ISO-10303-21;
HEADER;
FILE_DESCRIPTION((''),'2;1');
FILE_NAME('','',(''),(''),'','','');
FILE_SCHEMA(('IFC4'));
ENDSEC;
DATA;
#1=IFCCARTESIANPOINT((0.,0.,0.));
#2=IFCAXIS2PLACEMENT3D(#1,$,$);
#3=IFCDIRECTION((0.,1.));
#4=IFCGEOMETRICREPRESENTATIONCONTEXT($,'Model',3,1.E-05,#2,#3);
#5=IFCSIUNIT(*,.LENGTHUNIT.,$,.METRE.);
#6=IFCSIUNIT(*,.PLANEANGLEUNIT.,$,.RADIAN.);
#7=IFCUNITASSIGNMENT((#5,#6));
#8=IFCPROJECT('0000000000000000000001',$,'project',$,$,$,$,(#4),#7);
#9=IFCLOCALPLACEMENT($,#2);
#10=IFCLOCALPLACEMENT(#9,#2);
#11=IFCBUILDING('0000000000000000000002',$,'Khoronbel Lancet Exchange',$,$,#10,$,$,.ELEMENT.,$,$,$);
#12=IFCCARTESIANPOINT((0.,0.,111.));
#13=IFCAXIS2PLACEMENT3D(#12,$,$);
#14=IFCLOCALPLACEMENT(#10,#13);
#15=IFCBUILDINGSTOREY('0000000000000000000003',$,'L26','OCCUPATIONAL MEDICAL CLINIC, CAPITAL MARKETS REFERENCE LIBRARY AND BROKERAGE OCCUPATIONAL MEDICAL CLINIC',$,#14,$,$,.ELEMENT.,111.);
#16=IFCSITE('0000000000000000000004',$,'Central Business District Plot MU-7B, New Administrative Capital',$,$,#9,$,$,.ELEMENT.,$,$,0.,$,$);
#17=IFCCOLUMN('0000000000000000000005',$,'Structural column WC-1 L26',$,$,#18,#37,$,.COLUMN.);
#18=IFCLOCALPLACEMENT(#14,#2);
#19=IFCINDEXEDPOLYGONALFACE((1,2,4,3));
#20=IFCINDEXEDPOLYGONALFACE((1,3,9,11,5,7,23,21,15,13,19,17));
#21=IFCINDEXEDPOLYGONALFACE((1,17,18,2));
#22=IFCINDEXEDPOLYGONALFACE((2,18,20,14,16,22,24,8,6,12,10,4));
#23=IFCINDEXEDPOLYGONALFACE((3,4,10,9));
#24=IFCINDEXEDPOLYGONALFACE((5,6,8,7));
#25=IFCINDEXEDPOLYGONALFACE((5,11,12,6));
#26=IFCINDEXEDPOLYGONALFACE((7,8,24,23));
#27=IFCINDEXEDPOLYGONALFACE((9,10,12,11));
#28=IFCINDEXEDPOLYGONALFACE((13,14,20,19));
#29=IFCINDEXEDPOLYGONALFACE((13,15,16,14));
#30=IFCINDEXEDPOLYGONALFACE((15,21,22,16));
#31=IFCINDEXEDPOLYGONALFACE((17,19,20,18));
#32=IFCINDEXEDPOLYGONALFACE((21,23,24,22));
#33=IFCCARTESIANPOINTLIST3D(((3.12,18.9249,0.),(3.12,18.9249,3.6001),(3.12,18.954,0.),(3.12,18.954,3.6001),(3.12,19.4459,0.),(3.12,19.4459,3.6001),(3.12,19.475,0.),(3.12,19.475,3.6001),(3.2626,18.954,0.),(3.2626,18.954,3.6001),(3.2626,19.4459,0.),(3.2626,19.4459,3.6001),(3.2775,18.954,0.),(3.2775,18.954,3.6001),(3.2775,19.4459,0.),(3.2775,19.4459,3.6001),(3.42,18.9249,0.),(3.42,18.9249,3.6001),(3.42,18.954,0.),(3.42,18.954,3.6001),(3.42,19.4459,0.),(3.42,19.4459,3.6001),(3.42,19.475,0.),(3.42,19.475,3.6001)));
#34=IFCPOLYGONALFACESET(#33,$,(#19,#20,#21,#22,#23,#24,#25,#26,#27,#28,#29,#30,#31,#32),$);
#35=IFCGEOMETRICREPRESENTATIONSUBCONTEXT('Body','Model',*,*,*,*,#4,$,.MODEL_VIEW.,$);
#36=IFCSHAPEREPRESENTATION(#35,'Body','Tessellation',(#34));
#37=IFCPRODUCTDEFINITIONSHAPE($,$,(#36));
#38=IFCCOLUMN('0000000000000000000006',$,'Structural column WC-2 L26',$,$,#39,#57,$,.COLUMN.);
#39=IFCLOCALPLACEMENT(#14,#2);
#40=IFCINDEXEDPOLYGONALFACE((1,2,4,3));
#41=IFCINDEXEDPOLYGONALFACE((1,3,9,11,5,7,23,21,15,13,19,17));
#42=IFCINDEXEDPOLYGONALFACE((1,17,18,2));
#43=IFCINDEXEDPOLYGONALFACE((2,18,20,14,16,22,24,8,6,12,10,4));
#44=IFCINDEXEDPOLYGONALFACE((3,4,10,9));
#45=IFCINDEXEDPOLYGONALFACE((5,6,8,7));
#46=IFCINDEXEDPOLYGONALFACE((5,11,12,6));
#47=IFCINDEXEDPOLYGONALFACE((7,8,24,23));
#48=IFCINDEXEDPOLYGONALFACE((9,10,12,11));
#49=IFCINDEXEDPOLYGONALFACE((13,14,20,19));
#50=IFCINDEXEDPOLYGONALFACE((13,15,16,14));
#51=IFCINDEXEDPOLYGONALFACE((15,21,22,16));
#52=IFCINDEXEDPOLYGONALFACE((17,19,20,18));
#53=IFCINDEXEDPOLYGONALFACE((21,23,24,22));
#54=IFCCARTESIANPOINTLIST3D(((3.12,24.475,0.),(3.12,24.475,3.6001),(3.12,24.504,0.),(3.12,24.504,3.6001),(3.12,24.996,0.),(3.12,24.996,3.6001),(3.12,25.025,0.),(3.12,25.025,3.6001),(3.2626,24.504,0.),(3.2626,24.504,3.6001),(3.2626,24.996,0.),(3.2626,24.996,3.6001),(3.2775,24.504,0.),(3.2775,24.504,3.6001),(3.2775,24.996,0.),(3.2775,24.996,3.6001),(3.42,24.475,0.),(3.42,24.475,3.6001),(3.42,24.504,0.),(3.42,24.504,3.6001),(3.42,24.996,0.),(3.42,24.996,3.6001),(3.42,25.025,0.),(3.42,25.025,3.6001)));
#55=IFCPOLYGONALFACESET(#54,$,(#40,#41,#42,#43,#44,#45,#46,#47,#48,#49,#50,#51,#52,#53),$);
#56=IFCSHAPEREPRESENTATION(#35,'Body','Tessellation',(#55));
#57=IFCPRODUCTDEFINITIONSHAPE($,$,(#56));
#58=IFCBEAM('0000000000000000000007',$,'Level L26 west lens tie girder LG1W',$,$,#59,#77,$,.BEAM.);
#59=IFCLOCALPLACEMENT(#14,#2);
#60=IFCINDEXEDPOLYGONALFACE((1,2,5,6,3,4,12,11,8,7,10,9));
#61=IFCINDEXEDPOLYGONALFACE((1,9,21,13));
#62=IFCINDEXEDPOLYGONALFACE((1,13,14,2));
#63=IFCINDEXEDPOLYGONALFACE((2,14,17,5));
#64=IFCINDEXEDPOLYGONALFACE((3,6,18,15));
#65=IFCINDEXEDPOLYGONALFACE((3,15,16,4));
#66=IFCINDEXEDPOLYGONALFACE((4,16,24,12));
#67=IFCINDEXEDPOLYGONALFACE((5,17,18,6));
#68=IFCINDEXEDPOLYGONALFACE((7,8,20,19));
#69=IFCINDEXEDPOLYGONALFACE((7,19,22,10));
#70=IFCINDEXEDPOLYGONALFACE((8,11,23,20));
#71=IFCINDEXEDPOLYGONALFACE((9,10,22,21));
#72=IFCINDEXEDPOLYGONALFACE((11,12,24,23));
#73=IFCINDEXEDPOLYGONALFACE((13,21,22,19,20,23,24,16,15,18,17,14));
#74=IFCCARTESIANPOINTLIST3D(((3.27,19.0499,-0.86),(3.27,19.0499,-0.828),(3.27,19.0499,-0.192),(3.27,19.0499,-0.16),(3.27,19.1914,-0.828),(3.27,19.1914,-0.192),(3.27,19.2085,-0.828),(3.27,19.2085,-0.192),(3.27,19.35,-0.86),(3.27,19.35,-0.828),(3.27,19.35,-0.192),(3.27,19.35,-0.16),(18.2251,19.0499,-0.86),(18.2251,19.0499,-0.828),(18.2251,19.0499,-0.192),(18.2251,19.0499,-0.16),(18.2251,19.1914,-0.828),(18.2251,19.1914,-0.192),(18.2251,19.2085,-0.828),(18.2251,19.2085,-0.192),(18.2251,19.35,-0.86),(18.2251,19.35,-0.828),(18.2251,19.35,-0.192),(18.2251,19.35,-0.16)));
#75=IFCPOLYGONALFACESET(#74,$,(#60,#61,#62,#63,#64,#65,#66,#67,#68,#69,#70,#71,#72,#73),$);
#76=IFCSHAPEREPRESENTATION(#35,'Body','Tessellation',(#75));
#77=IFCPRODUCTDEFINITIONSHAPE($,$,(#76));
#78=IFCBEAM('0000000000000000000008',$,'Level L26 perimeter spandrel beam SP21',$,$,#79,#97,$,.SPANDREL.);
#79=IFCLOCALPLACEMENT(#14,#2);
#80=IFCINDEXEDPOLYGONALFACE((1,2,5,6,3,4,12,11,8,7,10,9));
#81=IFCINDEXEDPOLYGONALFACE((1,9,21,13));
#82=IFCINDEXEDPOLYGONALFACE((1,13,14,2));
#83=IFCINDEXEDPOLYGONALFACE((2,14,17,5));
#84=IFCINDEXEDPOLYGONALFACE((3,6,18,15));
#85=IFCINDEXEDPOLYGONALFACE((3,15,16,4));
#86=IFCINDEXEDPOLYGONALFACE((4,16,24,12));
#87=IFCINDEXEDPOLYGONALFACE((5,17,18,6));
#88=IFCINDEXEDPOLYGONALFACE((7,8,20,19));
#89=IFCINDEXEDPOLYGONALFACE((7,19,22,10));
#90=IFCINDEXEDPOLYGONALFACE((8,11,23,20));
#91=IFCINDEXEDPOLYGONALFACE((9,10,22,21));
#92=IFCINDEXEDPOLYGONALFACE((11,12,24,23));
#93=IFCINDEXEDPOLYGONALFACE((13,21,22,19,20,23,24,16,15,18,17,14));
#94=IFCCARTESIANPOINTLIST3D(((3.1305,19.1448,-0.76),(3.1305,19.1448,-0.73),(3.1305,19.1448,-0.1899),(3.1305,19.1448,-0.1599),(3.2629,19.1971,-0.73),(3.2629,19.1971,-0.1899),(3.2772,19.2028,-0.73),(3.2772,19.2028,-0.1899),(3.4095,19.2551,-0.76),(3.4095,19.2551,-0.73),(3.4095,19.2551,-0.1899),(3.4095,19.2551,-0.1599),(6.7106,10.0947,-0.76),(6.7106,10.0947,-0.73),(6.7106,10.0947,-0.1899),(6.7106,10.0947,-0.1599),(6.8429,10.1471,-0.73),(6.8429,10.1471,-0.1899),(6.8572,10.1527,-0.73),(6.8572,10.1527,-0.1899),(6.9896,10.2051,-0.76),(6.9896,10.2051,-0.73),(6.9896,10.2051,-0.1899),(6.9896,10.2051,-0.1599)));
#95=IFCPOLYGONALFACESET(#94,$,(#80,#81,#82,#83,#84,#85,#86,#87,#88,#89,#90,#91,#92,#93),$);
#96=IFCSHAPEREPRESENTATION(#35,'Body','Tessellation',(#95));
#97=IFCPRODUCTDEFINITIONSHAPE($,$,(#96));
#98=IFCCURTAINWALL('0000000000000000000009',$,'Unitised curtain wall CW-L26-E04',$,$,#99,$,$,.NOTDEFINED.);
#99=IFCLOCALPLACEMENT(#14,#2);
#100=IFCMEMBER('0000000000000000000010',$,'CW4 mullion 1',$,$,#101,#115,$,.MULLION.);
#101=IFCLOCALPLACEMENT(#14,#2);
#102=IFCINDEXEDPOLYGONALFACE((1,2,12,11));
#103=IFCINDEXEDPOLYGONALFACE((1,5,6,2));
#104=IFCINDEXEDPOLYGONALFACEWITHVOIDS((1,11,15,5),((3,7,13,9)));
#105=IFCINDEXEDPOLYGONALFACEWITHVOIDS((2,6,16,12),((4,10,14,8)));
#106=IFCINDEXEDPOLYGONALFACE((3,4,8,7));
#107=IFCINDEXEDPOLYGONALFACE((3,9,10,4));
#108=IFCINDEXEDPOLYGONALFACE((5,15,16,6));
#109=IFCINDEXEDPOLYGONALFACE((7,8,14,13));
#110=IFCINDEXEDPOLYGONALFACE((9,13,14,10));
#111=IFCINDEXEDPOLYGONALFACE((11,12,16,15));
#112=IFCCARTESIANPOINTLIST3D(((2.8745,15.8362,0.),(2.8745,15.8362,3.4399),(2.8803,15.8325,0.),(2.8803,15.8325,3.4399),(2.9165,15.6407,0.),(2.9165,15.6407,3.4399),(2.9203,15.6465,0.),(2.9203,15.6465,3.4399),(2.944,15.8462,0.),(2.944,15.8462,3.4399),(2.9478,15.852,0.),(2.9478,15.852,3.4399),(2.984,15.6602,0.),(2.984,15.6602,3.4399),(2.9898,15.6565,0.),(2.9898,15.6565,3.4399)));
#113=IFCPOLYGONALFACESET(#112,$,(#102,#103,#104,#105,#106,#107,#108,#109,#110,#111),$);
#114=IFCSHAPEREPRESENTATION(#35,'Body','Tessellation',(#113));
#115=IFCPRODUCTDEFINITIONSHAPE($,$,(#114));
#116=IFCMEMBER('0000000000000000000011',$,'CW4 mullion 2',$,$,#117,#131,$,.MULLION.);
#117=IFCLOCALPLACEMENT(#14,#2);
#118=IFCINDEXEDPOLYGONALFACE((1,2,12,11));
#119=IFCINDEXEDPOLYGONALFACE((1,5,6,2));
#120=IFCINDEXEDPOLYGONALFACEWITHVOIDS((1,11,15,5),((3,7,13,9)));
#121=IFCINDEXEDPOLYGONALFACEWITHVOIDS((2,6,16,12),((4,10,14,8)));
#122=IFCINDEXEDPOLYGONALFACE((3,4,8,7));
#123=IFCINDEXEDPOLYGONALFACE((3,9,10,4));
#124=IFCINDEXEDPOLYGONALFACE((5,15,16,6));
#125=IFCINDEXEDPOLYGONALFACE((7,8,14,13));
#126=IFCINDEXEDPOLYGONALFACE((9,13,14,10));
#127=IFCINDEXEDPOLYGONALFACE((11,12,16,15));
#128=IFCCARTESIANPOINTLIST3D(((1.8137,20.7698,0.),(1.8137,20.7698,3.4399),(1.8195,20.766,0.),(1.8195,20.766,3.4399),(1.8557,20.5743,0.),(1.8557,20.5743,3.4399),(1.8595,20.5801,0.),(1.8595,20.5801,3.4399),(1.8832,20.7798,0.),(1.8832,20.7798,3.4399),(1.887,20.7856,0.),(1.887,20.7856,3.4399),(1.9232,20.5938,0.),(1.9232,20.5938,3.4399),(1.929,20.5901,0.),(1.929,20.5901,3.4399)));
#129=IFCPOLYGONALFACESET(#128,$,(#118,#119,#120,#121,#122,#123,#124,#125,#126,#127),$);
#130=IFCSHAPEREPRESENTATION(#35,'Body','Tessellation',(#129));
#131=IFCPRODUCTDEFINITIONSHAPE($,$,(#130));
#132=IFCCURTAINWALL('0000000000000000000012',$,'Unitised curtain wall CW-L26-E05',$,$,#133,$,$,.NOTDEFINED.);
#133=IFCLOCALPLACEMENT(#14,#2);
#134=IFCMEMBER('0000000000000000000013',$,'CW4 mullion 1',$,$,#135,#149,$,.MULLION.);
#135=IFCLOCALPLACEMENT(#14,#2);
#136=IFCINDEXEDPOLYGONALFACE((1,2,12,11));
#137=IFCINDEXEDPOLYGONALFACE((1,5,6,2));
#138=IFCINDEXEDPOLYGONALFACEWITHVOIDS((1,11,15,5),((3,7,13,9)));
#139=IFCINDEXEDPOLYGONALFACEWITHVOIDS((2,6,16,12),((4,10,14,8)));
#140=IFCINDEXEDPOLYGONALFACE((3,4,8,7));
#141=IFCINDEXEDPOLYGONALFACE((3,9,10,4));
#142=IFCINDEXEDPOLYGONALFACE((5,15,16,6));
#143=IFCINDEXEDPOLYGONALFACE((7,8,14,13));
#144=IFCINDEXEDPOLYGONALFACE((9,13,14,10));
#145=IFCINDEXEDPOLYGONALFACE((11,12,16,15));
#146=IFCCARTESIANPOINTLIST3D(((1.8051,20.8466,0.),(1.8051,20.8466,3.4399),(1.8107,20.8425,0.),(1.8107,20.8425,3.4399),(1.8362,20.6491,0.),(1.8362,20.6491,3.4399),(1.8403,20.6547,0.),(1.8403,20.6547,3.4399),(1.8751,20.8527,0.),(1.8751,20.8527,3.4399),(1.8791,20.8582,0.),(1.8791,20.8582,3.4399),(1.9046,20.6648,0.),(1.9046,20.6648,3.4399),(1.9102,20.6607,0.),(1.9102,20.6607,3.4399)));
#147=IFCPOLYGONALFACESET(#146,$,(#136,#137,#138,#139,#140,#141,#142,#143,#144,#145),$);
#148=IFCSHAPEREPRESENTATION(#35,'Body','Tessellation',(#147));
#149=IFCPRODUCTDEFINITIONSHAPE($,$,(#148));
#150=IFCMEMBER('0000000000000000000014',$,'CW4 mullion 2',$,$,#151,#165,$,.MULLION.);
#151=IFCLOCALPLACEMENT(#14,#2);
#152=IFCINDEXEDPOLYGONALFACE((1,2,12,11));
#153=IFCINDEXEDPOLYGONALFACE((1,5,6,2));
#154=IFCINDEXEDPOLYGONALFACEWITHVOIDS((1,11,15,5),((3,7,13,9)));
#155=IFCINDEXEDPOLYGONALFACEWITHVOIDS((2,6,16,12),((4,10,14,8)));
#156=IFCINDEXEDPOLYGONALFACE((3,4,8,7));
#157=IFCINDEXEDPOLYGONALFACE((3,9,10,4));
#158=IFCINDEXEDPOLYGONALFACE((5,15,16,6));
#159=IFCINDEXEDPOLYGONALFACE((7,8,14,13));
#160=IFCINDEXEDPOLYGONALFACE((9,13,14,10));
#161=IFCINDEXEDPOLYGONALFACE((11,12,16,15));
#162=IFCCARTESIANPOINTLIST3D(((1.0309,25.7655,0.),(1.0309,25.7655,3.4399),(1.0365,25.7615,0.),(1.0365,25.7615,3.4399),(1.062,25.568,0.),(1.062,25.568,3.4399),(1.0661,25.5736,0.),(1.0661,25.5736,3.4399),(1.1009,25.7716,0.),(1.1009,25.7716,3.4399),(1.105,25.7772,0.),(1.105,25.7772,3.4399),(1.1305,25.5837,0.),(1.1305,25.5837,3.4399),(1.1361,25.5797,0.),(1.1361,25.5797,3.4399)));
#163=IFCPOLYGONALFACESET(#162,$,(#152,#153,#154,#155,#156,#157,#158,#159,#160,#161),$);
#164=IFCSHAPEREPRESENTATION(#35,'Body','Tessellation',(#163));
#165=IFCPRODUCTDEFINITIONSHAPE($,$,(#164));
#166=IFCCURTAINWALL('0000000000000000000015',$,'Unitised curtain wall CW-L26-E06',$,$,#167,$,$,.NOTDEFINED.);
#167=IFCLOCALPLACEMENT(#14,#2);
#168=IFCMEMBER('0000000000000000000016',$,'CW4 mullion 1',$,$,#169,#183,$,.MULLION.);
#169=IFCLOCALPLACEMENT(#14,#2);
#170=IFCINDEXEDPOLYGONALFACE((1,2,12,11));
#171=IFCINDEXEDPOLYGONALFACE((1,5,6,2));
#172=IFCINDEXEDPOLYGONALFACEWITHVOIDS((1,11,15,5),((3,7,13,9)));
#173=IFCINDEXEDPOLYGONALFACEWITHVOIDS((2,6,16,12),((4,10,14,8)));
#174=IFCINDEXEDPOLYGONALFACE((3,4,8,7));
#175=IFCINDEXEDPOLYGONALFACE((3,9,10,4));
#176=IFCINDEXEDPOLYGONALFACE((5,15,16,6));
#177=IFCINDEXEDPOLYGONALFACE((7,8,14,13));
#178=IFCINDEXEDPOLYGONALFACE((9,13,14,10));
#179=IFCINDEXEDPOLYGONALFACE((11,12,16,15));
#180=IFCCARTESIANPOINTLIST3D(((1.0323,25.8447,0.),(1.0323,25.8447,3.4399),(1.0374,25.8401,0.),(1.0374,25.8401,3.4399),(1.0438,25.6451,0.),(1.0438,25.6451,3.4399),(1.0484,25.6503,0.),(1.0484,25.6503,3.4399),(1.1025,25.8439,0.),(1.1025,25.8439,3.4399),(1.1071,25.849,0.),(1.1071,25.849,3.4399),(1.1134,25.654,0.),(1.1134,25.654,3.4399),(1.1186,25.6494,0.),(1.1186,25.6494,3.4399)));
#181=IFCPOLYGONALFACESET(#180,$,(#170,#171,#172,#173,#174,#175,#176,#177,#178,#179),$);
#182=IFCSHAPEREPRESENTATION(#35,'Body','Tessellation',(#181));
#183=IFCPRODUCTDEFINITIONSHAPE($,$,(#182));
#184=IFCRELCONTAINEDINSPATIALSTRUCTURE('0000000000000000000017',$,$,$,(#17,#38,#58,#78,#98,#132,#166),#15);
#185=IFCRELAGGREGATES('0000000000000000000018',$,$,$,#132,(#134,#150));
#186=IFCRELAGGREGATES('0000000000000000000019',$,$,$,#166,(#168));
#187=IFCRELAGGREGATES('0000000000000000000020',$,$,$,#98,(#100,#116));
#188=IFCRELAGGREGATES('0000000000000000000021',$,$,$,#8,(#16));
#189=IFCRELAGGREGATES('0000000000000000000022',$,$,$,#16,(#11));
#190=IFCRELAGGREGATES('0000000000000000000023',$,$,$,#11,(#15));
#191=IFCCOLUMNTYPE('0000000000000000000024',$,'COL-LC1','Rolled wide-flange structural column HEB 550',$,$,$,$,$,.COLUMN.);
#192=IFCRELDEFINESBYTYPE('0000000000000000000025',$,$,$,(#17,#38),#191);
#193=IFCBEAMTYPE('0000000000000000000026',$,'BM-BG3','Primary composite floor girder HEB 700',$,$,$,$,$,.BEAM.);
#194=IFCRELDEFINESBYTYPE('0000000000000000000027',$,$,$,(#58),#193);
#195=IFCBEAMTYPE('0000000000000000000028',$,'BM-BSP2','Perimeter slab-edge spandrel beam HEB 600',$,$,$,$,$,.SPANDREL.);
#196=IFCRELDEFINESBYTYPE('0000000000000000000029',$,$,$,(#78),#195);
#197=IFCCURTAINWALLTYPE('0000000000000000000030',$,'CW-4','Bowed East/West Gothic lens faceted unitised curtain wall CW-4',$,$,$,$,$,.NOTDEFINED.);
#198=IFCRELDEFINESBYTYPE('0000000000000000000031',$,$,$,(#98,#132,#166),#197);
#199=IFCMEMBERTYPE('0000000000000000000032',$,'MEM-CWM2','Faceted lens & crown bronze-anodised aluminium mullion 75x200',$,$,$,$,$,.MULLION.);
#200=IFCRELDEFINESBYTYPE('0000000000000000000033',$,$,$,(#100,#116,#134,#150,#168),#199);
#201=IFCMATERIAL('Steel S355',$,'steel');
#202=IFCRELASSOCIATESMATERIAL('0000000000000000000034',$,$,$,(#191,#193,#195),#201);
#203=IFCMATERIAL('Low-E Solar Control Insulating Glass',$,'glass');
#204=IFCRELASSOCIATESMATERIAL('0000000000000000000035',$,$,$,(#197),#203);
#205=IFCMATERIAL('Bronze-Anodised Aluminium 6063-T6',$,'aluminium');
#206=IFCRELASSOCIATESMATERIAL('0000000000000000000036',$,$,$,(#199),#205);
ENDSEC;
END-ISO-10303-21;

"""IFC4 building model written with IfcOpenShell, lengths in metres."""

from ifc_helpers import new_model, si_unit, direction, frame, origin, origin_2d, place, context, subcontext, project, spatial, hollow_rectangle, i_section, extrude, material, material_profile, profile_set, type_object, element, aggregate, save


model = new_model("IFC4")

# Units and contexts
model_context = context("Model", 3, precision=1e-05, world=origin(), true_north=direction((0.0, 1.0)))
body_context = subcontext(model_context, "Body", "Model", "MODEL_VIEW")
ifc_project = project(units=[si_unit("LENGTHUNIT", "METRE"), si_unit("PLANEANGLEUNIT", "RADIAN")], contexts=[model_context])

# Site, building, storey
site_placement = place(None, origin())
site = spatial("IfcSite", under=ifc_project, at=site_placement, Name="Central Business District Plot MU-7B, New Administrative Capital", CompositionType="ELEMENT", RefElevation=0.0)
building_placement = place(site_placement, origin())
building = spatial("IfcBuilding", under=site, at=building_placement, Name="Khoronbel Lancet Exchange", CompositionType="ELEMENT")
storey_placement = place(building_placement, frame((0.0, 0.0, 111.0)))
storey = spatial("IfcBuildingStorey", under=building, at=storey_placement, Name="L26", Description="OCCUPATIONAL MEDICAL CLINIC, CAPITAL MARKETS REFERENCE LIBRARY AND BROKERAGE OCCUPATIONAL MEDICAL CLINIC", CompositionType="ELEMENT", Elevation=111.0)

# Columns
ifc_material_1 = material(Name="Steel S355", Category="steel")
ifc_material_profile_1 = material_profile(ifc_material_1, i_section(OverallWidth=0.3, OverallDepth=0.55, WebThickness=0.0149, FlangeThickness=0.0291, at=origin_2d()), Name="HEB 550")
ifc_profile_set_1 = profile_set([ifc_material_profile_1], Name="Steel S355")
column_type = type_object("IfcColumnType", Name="COL-LC1", Description="Rolled wide-flange structural column HEB 550", PredefinedType="COLUMN", material=ifc_profile_set_1)
for number, where, z_axis, x_axis, name in (
    (1, (3.27, 19.2, 0.0), (0.0, 0.0, 1.0), (1.0, 0.0, 0.0), "Structural column WC-1 L26"),
    (2, (3.27, 24.75, 0.0), (0.0, 0.0, 1.0), (1.0, 0.0, 0.0), "Structural column WC-2 L26"),
):
    element("IfcColumn", number, at=place(storey_placement, frame(where, z_axis=z_axis, x_axis=x_axis)), inside=storey, type_object=column_type, Name=name, PredefinedType="COLUMN", context=body_context, shape_type="SweptSolid", body=[
        extrude(i_section(OverallWidth=0.3, OverallDepth=0.55, WebThickness=0.0149, FlangeThickness=0.0291, at=origin_2d()), origin(), (0.0, 0.0, 1.0), 3.6001),
    ])

# Beams
ifc_material_profile_2 = material_profile(ifc_material_1, i_section(OverallWidth=0.3, OverallDepth=0.7, WebThickness=0.0171, FlangeThickness=0.032, at=origin_2d()), Name="HEB 700")
ifc_profile_set_2 = profile_set([ifc_material_profile_2], Name="Steel S355")
beam_type_1 = type_object("IfcBeamType", Name="BM-BG3", Description="Primary composite floor girder HEB 700", PredefinedType="BEAM", material=ifc_profile_set_2)
beam_1_placement = place(storey_placement, frame((3.27, 19.2, -0.51), z_axis=(1.0, 0.0, 0.0), x_axis=(0.0, 1.0, 0.0)))
element("IfcBeam", 3, at=beam_1_placement, inside=storey, type_object=beam_type_1, Name="Level L26 west lens tie girder LG1W", PredefinedType="BEAM", context=body_context, shape_type="SweptSolid", body=[
    extrude(i_section(OverallWidth=0.3, OverallDepth=0.7, WebThickness=0.0171, FlangeThickness=0.032, at=origin_2d()), origin(), (0.0, 0.0, 1.0), 14.9551),
])
ifc_material_profile_3 = material_profile(ifc_material_1, i_section(OverallWidth=0.3, OverallDepth=0.6001, WebThickness=0.0154, FlangeThickness=0.03, at=origin_2d()), Name="HEB 600")
ifc_profile_set_3 = profile_set([ifc_material_profile_3], Name="Steel S355")
beam_type_2 = type_object("IfcBeamType", Name="BM-BSP2", Description="Perimeter slab-edge spandrel beam HEB 600", PredefinedType="SPANDREL", material=ifc_profile_set_3)
beam_2_placement = place(storey_placement, frame((3.27, 19.2, -0.46), z_axis=(0.36785, -0.929885, 0.0), x_axis=(0.929885, 0.36785, 0.0)))
element("IfcBeam", 4, at=beam_2_placement, inside=storey, type_object=beam_type_2, Name="Level L26 perimeter spandrel beam SP21", PredefinedType="SPANDREL", context=body_context, shape_type="SweptSolid", body=[
    extrude(i_section(OverallWidth=0.3, OverallDepth=0.6001, WebThickness=0.0154, FlangeThickness=0.03, at=origin_2d()), origin(), (0.0, 0.0, 1.0), 9.7324),
])

# Curtain walls, members
ifc_material_2 = material(Name="Low-E Solar Control Insulating Glass", Category="glass")
curtain_wall_type = type_object("IfcCurtainWallType", Name="CW-4", Description="Bowed East/West Gothic lens faceted unitised curtain wall CW-4", PredefinedType="NOTDEFINED", material=ifc_material_2)
curtain_wall_1_placement = place(storey_placement, origin())
curtain_wall_1 = element("IfcCurtainWall", 5, at=curtain_wall_1_placement, inside=storey, type_object=curtain_wall_type, Name="Unitised curtain wall CW-L26-E04", PredefinedType="NOTDEFINED")
ifc_material_3 = material(Name="Bronze-Anodised Aluminium 6063-T6", Category="aluminium")
ifc_material_profile_4 = material_profile(ifc_material_3, hollow_rectangle(XDim=0.075, YDim=0.2, WallThickness=0.0049, at=origin_2d()), Name="ALU MULLION 75x200")
ifc_profile_set_4 = profile_set([ifc_material_profile_4], Name="Bronze-Anodised Aluminium 6063-T6")
member_type_1 = type_object("IfcMemberType", Name="MEM-CWM2", Description="Faceted lens & crown bronze-anodised aluminium mullion 75x200", PredefinedType="MULLION", material=ifc_profile_set_4)
member_1_placement = place(storey_placement, frame((2.9321, 15.7463, 0.0), z_axis=(0.0, 0.0, 1.0), x_axis=(-0.977658, -0.2102, 0.0)))
member_1 = element("IfcMember", 6, at=member_1_placement, type_object=member_type_1, Name="CW4 mullion 1", PredefinedType="MULLION", context=body_context, shape_type="SweptSolid", body=[
    extrude(hollow_rectangle(XDim=0.075, YDim=0.2, WallThickness=0.0049, at=origin_2d()), origin(), (0.0, 0.0, 1.0), 3.4399),
])
member_2_placement = place(storey_placement, frame((1.8713, 20.6799, 0.0), z_axis=(0.0, 0.0, 1.0), x_axis=(-0.977658, -0.2102, 0.0)))
member_2 = element("IfcMember", 7, at=member_2_placement, type_object=member_type_1, Name="CW4 mullion 2", PredefinedType="MULLION", context=body_context, shape_type="SweptSolid", body=[
    extrude(hollow_rectangle(XDim=0.075, YDim=0.2, WallThickness=0.0049, at=origin_2d()), origin(), (0.0, 0.0, 1.0), 3.4399),
])
curtain_wall_2_placement = place(storey_placement, origin())
curtain_wall_2 = element("IfcCurtainWall", 8, at=curtain_wall_2_placement, inside=storey, type_object=curtain_wall_type, Name="Unitised curtain wall CW-L26-E05", PredefinedType="NOTDEFINED")
member_3_placement = place(storey_placement, frame((1.8577, 20.7537, 0.0), z_axis=(0.0, 0.0, 1.0), x_axis=(-0.987839, -0.155483, 0.0)))
member_3 = element("IfcMember", 9, at=member_3_placement, type_object=member_type_1, Name="CW4 mullion 1", PredefinedType="MULLION", context=body_context, shape_type="SweptSolid", body=[
    extrude(hollow_rectangle(XDim=0.075, YDim=0.2, WallThickness=0.0049, at=origin_2d()), origin(), (0.0, 0.0, 1.0), 3.4399),
])
member_4_placement = place(storey_placement, frame((1.0835, 25.6726, 0.0), z_axis=(0.0, 0.0, 1.0), x_axis=(-0.987839, -0.155483, 0.0)))
member_4 = element("IfcMember", 10, at=member_4_placement, type_object=member_type_1, Name="CW4 mullion 2", PredefinedType="MULLION", context=body_context, shape_type="SweptSolid", body=[
    extrude(hollow_rectangle(XDim=0.075, YDim=0.2, WallThickness=0.0049, at=origin_2d()), origin(), (0.0, 0.0, 1.0), 3.4399),
])
curtain_wall_3_placement = place(storey_placement, origin())
curtain_wall_3 = element("IfcCurtainWall", 11, at=curtain_wall_3_placement, inside=storey, type_object=curtain_wall_type, Name="Unitised curtain wall CW-L26-E06", PredefinedType="NOTDEFINED")
member_5_placement = place(storey_placement, frame((1.0754, 25.7471, 0.0), z_axis=(0.0, 0.0, 1.0), x_axis=(-0.998345, -0.057515, 0.0)))
member_5 = element("IfcMember", 12, at=member_5_placement, type_object=member_type_1, Name="CW4 mullion 1", PredefinedType="MULLION", context=body_context, shape_type="SweptSolid", body=[
    extrude(hollow_rectangle(XDim=0.075, YDim=0.2, WallThickness=0.0049, at=origin_2d()), origin(), (0.0, 0.0, 1.0), 3.4399),
])

aggregate(curtain_wall_2, [member_3, member_4])
aggregate(curtain_wall_3, [member_5])
aggregate(curtain_wall_1, [member_1, member_2])

save(model, "model.ifc")
